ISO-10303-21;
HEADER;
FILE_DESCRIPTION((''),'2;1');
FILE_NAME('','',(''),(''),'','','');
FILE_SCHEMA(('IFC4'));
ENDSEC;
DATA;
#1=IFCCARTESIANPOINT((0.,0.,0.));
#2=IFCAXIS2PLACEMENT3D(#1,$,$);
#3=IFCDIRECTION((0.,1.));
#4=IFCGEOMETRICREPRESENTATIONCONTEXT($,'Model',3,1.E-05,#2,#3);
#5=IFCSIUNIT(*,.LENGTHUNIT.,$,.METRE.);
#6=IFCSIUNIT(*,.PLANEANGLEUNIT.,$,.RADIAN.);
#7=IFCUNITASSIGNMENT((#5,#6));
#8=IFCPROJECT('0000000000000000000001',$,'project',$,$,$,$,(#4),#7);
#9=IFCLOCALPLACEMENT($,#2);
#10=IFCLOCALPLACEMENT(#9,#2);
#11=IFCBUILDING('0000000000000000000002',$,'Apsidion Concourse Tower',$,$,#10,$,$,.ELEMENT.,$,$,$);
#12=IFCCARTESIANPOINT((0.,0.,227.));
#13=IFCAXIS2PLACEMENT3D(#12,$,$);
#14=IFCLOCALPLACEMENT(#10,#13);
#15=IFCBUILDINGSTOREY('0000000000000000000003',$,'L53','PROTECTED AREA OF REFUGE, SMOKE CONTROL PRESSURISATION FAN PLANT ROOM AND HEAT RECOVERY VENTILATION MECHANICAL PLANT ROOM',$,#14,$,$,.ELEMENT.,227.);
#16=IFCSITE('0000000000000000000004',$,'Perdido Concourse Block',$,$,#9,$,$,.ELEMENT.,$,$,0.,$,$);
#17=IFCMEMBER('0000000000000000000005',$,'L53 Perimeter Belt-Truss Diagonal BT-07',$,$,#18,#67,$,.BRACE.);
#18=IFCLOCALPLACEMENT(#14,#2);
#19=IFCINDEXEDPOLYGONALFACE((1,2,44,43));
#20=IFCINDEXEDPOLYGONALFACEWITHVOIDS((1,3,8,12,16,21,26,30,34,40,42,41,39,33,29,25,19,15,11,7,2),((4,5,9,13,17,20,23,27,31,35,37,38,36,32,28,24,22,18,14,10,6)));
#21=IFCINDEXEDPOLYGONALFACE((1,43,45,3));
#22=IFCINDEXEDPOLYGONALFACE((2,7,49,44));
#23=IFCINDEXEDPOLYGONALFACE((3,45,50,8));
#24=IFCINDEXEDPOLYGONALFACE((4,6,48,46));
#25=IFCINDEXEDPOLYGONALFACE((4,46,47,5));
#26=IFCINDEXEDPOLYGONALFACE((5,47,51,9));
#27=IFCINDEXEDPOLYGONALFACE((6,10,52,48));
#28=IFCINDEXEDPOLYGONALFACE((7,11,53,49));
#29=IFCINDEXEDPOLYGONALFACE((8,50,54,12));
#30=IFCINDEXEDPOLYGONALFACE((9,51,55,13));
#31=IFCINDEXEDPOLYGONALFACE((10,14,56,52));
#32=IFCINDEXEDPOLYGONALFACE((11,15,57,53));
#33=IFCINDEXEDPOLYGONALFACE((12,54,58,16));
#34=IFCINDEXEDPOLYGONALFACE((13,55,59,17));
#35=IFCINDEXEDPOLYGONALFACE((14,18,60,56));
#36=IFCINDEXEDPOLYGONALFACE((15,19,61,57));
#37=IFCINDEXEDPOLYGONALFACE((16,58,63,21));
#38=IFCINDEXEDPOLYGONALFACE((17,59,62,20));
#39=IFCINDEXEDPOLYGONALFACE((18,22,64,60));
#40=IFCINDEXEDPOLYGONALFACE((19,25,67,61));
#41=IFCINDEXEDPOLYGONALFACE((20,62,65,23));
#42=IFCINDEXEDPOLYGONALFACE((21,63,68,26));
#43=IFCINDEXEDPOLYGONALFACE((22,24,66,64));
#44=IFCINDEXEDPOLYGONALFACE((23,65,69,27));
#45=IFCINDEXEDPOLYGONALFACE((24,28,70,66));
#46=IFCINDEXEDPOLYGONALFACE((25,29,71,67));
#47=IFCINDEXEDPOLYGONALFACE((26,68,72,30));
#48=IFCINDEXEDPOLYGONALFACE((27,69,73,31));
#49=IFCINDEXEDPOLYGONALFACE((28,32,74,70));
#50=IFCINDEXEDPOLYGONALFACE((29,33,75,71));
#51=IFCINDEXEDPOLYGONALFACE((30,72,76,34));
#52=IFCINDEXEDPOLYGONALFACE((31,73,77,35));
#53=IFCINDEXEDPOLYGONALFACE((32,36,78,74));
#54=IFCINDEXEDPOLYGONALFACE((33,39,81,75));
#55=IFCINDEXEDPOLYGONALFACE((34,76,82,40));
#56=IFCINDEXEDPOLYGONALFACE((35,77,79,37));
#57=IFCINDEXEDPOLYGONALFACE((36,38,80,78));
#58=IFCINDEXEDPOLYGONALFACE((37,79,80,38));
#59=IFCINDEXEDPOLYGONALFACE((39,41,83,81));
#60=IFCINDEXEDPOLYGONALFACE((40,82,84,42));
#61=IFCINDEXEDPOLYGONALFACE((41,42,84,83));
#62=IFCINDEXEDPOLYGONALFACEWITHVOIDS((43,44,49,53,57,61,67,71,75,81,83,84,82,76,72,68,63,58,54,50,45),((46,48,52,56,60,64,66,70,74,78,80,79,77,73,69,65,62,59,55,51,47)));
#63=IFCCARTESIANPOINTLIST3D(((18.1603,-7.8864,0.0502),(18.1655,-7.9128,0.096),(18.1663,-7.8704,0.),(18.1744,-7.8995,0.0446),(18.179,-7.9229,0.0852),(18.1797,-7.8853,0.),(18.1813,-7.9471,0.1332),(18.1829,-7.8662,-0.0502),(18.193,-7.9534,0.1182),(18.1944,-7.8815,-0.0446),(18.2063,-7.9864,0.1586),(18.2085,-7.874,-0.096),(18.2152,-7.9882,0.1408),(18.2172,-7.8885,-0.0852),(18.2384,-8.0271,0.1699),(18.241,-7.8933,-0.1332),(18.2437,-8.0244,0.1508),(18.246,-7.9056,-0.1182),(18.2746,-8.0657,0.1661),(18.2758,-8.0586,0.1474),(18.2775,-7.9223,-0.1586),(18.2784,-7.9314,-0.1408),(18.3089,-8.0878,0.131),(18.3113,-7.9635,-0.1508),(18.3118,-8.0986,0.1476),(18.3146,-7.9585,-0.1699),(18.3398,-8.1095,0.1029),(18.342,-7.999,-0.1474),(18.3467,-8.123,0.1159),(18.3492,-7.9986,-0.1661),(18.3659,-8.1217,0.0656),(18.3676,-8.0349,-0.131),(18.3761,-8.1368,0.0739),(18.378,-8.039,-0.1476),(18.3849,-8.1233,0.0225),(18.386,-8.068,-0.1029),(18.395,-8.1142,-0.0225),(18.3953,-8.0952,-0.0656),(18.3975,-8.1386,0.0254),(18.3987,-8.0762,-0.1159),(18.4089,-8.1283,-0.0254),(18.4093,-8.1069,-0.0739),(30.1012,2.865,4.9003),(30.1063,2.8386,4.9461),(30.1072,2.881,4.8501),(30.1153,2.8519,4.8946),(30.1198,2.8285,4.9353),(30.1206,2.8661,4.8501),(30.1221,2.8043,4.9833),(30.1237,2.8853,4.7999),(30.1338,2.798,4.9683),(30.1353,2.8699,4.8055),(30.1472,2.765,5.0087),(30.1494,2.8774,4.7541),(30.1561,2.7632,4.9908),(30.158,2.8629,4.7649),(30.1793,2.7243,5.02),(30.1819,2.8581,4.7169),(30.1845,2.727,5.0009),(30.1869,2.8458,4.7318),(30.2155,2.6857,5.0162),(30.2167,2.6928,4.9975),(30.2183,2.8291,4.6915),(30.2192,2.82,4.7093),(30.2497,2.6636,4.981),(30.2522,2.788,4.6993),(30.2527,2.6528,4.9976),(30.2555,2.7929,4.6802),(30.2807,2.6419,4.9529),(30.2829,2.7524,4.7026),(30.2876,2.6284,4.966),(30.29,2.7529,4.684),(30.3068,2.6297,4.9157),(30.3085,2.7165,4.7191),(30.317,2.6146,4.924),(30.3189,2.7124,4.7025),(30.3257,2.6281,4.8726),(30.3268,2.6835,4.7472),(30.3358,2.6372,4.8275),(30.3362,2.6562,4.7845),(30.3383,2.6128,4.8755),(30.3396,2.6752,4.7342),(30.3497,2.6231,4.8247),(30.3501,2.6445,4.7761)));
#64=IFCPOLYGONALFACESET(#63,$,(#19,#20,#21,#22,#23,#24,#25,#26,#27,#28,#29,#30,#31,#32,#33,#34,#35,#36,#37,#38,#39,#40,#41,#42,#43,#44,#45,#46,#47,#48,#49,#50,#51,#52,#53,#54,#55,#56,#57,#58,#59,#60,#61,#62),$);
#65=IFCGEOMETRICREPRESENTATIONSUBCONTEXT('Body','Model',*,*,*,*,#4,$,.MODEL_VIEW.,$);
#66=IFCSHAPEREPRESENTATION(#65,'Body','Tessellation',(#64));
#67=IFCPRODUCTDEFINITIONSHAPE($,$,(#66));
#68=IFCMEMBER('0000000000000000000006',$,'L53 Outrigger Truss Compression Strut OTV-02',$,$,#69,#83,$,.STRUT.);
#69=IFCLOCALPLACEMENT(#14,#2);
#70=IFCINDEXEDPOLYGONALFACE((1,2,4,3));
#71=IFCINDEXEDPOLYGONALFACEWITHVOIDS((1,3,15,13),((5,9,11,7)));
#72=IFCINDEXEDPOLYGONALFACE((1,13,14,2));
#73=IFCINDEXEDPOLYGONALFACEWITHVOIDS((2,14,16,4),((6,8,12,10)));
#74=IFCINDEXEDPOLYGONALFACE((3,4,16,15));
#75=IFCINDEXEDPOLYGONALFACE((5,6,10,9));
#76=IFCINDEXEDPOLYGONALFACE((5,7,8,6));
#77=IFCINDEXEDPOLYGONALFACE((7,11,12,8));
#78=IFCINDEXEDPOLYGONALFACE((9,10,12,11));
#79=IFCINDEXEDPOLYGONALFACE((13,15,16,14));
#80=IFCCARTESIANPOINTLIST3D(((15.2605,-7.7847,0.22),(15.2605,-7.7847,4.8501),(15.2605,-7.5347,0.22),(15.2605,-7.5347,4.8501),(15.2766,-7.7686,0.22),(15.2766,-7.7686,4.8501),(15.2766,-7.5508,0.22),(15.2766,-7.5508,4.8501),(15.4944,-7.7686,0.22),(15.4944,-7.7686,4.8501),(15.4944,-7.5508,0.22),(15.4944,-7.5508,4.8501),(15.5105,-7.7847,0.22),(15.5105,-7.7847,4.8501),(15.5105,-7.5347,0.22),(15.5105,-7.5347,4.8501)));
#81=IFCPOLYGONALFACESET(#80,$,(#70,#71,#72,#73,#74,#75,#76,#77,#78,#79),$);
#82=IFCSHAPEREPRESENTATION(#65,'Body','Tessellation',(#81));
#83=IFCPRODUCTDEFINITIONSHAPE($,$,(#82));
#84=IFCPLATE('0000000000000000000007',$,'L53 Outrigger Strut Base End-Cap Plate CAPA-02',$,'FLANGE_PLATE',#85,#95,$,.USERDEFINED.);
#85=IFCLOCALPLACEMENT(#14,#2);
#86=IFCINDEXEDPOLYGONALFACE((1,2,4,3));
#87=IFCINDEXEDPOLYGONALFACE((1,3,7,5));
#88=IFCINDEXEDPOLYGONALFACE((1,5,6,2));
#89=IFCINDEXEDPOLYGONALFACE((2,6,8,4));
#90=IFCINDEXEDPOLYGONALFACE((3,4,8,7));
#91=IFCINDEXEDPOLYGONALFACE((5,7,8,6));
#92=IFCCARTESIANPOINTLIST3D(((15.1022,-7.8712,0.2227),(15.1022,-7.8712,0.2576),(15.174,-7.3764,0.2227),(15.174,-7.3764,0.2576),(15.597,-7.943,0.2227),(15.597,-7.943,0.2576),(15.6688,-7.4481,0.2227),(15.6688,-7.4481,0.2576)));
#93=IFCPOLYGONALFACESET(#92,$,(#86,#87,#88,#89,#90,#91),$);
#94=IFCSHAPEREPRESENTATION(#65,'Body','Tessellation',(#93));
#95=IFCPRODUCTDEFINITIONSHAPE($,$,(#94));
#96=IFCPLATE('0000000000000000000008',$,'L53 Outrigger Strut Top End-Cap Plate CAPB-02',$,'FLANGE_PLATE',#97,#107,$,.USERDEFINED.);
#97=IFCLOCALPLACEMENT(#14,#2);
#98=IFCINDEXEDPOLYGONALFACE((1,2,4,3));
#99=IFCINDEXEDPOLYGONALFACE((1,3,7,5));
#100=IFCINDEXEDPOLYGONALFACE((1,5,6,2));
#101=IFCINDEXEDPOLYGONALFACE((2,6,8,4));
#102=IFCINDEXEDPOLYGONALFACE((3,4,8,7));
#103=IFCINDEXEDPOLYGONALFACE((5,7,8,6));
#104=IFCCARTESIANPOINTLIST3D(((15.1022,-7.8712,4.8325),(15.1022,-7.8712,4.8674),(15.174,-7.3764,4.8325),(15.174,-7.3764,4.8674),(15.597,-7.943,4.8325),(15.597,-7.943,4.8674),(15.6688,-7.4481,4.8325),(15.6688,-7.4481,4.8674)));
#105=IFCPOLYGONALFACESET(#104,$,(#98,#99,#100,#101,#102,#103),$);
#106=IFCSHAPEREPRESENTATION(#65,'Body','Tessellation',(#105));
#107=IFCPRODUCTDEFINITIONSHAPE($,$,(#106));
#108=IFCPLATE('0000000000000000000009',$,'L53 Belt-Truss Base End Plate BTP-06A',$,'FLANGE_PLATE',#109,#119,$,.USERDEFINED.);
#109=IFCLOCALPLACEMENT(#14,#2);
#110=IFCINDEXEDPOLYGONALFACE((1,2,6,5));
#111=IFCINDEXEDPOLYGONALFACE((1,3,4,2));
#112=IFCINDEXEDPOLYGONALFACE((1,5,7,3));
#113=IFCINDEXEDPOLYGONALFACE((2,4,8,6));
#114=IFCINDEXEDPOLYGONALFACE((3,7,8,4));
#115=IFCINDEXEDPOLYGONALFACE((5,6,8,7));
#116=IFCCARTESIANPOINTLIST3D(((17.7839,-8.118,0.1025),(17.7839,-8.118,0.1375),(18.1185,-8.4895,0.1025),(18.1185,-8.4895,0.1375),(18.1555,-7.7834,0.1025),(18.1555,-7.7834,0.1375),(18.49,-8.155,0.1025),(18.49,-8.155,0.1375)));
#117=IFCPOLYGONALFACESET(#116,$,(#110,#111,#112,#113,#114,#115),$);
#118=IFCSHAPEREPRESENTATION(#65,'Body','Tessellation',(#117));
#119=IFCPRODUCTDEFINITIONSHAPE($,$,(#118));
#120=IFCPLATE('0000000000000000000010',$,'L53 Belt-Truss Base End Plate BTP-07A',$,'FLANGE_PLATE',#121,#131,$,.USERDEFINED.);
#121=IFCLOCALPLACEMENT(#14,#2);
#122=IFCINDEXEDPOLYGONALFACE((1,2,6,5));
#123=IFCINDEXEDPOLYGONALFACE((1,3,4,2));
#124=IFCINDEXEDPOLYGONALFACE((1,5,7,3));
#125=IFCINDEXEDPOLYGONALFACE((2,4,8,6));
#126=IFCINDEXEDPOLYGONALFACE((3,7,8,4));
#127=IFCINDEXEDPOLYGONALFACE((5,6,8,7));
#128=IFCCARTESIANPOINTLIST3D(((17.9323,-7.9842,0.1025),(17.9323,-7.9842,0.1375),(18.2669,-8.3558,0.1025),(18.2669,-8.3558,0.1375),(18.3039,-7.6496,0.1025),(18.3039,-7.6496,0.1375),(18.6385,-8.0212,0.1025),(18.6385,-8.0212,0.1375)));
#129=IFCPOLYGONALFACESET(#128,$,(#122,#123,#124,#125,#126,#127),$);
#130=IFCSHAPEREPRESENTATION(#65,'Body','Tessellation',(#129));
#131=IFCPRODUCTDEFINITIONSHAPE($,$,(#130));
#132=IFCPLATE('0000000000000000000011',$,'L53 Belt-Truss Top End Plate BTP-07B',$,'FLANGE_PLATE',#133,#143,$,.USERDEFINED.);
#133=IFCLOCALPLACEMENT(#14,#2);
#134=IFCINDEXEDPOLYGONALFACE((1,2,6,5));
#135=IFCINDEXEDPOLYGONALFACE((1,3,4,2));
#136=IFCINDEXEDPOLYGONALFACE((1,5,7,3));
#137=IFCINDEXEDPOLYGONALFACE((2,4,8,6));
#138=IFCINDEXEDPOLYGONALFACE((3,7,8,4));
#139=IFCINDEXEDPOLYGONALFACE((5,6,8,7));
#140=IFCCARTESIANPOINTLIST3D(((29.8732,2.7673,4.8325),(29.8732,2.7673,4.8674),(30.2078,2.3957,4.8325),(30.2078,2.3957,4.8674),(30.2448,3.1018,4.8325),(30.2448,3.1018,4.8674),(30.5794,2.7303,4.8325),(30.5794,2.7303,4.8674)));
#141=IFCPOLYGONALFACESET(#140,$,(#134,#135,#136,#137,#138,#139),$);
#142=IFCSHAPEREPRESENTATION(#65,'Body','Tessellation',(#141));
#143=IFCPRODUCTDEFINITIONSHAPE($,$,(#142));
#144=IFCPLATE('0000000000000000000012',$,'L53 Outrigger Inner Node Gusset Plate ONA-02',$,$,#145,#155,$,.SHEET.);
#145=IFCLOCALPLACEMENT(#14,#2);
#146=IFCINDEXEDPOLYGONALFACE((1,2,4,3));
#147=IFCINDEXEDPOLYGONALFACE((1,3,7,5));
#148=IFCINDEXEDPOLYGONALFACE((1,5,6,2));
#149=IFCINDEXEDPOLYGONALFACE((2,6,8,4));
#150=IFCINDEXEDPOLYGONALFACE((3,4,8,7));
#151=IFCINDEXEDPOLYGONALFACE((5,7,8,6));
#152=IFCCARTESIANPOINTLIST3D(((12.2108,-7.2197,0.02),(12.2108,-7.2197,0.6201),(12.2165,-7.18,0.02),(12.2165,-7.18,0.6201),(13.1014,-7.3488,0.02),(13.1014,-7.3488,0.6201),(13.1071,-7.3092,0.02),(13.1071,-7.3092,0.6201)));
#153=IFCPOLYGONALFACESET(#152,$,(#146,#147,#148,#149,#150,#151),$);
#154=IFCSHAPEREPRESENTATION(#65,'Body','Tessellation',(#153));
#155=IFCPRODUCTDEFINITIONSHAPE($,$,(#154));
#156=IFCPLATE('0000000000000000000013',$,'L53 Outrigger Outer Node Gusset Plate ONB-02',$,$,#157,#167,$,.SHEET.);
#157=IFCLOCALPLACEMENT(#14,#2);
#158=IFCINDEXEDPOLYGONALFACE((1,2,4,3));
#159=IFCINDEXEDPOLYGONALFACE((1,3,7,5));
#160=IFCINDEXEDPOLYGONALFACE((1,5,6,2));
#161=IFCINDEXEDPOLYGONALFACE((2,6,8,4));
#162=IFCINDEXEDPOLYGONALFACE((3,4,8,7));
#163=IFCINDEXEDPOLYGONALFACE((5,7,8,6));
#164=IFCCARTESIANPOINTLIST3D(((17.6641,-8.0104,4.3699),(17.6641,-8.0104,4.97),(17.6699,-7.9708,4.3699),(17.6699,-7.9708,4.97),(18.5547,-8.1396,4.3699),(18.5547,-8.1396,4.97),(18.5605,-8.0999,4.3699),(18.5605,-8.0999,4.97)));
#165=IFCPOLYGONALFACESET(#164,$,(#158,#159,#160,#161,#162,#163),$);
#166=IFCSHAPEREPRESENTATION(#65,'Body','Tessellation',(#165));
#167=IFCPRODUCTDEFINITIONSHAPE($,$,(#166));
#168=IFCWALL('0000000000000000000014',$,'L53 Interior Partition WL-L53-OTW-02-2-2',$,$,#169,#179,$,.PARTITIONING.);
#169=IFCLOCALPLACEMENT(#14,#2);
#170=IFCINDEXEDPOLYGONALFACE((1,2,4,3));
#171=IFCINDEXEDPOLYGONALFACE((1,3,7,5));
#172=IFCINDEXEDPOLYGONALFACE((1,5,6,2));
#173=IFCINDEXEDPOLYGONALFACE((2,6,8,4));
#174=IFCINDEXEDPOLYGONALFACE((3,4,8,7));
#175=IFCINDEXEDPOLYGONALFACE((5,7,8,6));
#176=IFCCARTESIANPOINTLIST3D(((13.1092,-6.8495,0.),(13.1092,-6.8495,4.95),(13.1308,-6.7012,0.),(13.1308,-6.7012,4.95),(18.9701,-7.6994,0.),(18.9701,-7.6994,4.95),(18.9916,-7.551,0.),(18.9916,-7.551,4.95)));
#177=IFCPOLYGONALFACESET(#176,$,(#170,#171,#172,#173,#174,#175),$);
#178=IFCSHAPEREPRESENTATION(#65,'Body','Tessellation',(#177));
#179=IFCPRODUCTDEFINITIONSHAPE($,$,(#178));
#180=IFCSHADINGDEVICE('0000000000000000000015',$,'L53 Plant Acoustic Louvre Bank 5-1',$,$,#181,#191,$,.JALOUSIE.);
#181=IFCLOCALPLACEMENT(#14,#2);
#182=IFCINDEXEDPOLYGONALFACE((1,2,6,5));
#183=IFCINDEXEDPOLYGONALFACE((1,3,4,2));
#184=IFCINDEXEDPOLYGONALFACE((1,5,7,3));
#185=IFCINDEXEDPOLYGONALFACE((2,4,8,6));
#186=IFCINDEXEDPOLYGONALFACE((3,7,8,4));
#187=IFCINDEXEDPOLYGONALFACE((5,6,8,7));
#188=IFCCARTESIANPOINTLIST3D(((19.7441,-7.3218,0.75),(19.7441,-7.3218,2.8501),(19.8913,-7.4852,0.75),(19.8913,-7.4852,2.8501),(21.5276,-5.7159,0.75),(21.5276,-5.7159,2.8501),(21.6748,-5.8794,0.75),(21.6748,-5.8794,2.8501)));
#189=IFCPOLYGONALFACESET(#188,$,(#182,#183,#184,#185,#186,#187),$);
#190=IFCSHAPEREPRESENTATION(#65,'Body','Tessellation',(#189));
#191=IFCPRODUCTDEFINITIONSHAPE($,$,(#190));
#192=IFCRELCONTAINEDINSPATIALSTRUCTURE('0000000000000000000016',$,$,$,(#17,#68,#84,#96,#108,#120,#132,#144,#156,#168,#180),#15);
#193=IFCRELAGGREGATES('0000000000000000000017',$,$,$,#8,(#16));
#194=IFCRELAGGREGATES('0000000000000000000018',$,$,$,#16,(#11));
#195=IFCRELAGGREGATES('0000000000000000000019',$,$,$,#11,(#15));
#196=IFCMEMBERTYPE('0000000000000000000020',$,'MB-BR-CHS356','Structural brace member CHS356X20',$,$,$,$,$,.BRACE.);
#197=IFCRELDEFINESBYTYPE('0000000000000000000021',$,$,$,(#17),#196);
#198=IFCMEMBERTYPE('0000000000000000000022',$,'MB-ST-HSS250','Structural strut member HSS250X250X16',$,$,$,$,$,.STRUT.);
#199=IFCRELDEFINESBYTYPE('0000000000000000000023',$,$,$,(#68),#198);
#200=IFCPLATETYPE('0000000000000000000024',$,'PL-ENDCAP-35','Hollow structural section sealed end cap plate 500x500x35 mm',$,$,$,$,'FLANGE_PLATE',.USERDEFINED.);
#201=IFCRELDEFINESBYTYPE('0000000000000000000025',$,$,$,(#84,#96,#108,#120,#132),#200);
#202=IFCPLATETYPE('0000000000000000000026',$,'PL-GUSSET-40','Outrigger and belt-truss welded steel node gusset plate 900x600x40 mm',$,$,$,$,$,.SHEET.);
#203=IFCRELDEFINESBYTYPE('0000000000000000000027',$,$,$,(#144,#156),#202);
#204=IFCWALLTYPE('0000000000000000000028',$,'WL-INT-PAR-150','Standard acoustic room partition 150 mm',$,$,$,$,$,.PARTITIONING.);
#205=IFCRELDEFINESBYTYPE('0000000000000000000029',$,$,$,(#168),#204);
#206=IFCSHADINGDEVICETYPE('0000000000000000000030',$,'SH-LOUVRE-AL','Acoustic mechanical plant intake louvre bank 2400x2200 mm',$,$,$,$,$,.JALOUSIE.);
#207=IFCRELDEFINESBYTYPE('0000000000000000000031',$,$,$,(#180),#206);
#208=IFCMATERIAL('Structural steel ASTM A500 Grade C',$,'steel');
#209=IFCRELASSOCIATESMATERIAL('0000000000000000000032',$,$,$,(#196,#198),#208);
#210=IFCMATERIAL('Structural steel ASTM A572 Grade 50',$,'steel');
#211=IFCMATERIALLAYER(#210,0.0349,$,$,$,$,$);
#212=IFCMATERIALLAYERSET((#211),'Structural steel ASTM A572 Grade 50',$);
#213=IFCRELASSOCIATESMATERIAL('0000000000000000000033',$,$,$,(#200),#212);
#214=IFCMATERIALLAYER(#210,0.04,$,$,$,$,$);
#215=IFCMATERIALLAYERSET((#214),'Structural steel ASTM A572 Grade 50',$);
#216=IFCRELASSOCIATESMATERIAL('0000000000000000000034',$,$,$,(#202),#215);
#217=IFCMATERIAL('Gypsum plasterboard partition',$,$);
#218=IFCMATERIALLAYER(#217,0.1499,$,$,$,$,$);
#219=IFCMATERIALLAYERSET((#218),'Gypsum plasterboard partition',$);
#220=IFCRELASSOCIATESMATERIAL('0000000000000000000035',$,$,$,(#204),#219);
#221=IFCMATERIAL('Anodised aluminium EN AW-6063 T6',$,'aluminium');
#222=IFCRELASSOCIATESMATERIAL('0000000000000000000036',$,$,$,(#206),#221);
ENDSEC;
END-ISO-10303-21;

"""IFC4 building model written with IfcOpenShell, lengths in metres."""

from ifc_helpers import new_model, si_unit, direction, frame, frame_2d, origin, origin_2d, place, context, subcontext, project, spatial, rectangle, hollow_rectangle, hollow_circle, extrude, material, layer, layer_set, material_profile, profile_set, type_object, element, save


model = new_model("IFC4")

# Units and contexts
model_context = context("Model", 3, precision=1e-05, world=origin(), true_north=direction((0.0, 1.0)))
body_context = subcontext(model_context, "Body", "Model", "MODEL_VIEW")
ifc_project = project(units=[si_unit("LENGTHUNIT", "METRE"), si_unit("PLANEANGLEUNIT", "RADIAN")], contexts=[model_context])

# Site, building, storey
site_placement = place(None, origin())
site = spatial("IfcSite", under=ifc_project, at=site_placement, Name="Perdido Concourse Block", CompositionType="ELEMENT", RefElevation=0.0)
building_placement = place(site_placement, origin())
building = spatial("IfcBuilding", under=site, at=building_placement, Name="Apsidion Concourse Tower", CompositionType="ELEMENT")
storey_placement = place(building_placement, frame((0.0, 0.0, 227.0)))
storey = spatial("IfcBuildingStorey", under=building, at=storey_placement, Name="L53", Description="PROTECTED AREA OF REFUGE, SMOKE CONTROL PRESSURISATION FAN PLANT ROOM AND HEAT RECOVERY VENTILATION MECHANICAL PLANT ROOM", CompositionType="ELEMENT", Elevation=227.0)

# Members
ifc_material_1 = material(Name="Structural steel ASTM A500 Grade C", Category="steel")
ifc_material_profile_1 = material_profile(ifc_material_1, hollow_circle(Radius=0.178, WallThickness=0.02, at=origin_2d()), Name="CHS356X20")
ifc_profile_set_1 = profile_set([ifc_material_profile_1], Name="Structural steel ASTM A500 Grade C")
member_type_1 = type_object("IfcMemberType", Name="MB-BR-CHS356", Description="Structural brace member CHS356X20", PredefinedType="BRACE", material=ifc_profile_set_1)
for number, where, z_axis, x_axis, name in (
    (1, (18.2854, -8.0027, 0.0), (0.711446, 0.640578, 0.288971), (-0.669124, 0.743151, 0.0), "L53 Perimeter Belt-Truss Diagonal BT-07"),
):
    element("IfcMember", number, at=place(storey_placement, frame(where, z_axis=z_axis, x_axis=x_axis)), inside=storey, type_object=member_type_1, Name=name, PredefinedType="BRACE", context=body_context, shape_type="SweptSolid", body=[
        extrude(hollow_circle(Radius=0.178, WallThickness=0.02, at=origin_2d()), origin(), (0.0, 0.0, 1.0), 16.7839),
    ])
ifc_material_profile_2 = material_profile(ifc_material_1, hollow_rectangle(XDim=0.25, YDim=0.25, WallThickness=0.0161, at=origin_2d()), Name="HSS250X250X16")
ifc_profile_set_2 = profile_set([ifc_material_profile_2], Name="Structural steel ASTM A500 Grade C")
member_type_2 = type_object("IfcMemberType", Name="MB-ST-HSS250", Description="Structural strut member HSS250X250X16", PredefinedType="STRUT", material=ifc_profile_set_2)
member_placement = place(storey_placement, frame((15.3855, -7.6597, 0.22), z_axis=(0.0, 0.0, 1.0), x_axis=(1.0, 0.0, 0.0)))
element("IfcMember", 2, at=member_placement, inside=storey, type_object=member_type_2, Name="L53 Outrigger Truss Compression Strut OTV-02", PredefinedType="STRUT", context=body_context, shape_type="SweptSolid", body=[
    extrude(hollow_rectangle(XDim=0.25, YDim=0.25, WallThickness=0.0161, at=origin_2d()), origin(), (0.0, 0.0, 1.0), 4.6301),
])

# Plates
ifc_material_2 = material(Name="Structural steel ASTM A572 Grade 50", Category="steel")
ifc_layer_1 = layer(ifc_material_2, 0.0349)
ifc_layer_set_1 = layer_set([ifc_layer_1], Name="Structural steel ASTM A572 Grade 50")
plate_type_1 = type_object("IfcPlateType", Name="PL-ENDCAP-35", Description="Hollow structural section sealed end cap plate 500x500x35 mm", ElementType="FLANGE_PLATE", PredefinedType="USERDEFINED", material=ifc_layer_set_1)
for number, where, z_axis, x_axis, name in (
    (3, (15.3855, -7.6597, 0.2227), (0.0, 0.0, 1.0), (-0.989651, 0.143493, 0.0), "L53 Outrigger Strut Base End-Cap Plate CAPA-02"),
    (4, (15.3855, -7.6597, 4.8325), (0.0, 0.0, 1.0), (-0.989651, 0.143493, 0.0), "L53 Outrigger Strut Top End-Cap Plate CAPB-02"),
    (5, (18.137, -8.1365, 0.1025), (0.0, 0.0, 1.0), (0.743145, 0.669131, 0.0), "L53 Belt-Truss Base End Plate BTP-06A"),
    (6, (18.2854, -8.0027, 0.1025), (0.0, 0.0, 1.0), (0.743145, 0.669131, 0.0), "L53 Belt-Truss Base End Plate BTP-07A"),
    (7, (30.2263, 2.7488, 4.8325), (0.0, 0.0, 1.0), (0.743145, 0.669131, 0.0), "L53 Belt-Truss Top End Plate BTP-07B"),
):
    element("IfcPlate", number, at=place(storey_placement, frame(where, z_axis=z_axis, x_axis=x_axis)), inside=storey, type_object=plate_type_1, Name=name, ObjectType="FLANGE_PLATE", PredefinedType="USERDEFINED", context=body_context, shape_type="SweptSolid", body=[
        extrude(rectangle(XDim=0.5, YDim=0.5, at=origin_2d()), origin(), (0.0, 0.0, 1.0), 0.0349),
    ])
ifc_layer_2 = layer(ifc_material_2, 0.04)
ifc_layer_set_2 = layer_set([ifc_layer_2], Name="Structural steel ASTM A572 Grade 50")
plate_type_2 = type_object("IfcPlateType", Name="PL-GUSSET-40", Description="Outrigger and belt-truss welded steel node gusset plate 900x600x40 mm", PredefinedType="SHEET", material=ifc_layer_set_2)
for number, where, z_axis, x_axis, name in (
    (8, (12.6589, -7.2644, 0.02), (0.0, 0.0, 1.0), (-0.989651, 0.143493, 0.0), "L53 Outrigger Inner Node Gusset Plate ONA-02"),
    (9, (18.1123, -8.0552, 4.3699), (0.0, 0.0, 1.0), (-0.989651, 0.143493, 0.0), "L53 Outrigger Outer Node Gusset Plate ONB-02"),
):
    element("IfcPlate", number, at=place(storey_placement, frame(where, z_axis=z_axis, x_axis=x_axis)), inside=storey, type_object=plate_type_2, Name=name, PredefinedType="SHEET", context=body_context, shape_type="SweptSolid", body=[
        extrude(rectangle(XDim=0.8999, YDim=0.04, at=origin_2d()), origin(), (0.0, 0.0, 1.0), 0.6001),
    ])

# Wall
ifc_material_3 = material(Name="Gypsum plasterboard partition")
ifc_layer_3 = layer(ifc_material_3, 0.1499)
ifc_layer_set_3 = layer_set([ifc_layer_3], Name="Gypsum plasterboard partition")
wall_type = type_object("IfcWallType", Name="WL-INT-PAR-150", Description="Standard acoustic room partition 150 mm", PredefinedType="PARTITIONING", material=ifc_layer_set_3)
wall_placement = place(storey_placement, frame((13.1201, -6.7754, 0.0), z_axis=(0.0, 0.0, 1.0), x_axis=(0.98965, -0.143505, 0.0)))
element("IfcWall", 10, at=wall_placement, inside=storey, type_object=wall_type, Name="L53 Interior Partition WL-L53-OTW-02-2-2", PredefinedType="PARTITIONING", context=body_context, shape_type="SweptSolid", body=[
    extrude(rectangle(XDim=5.9221, YDim=0.1499, at=frame_2d((2.9609, 0.0))), origin(), (0.0, 0.0, 1.0), 4.95),
])

# Shading device
ifc_material_4 = material(Name="Anodised aluminium EN AW-6063 T6", Category="aluminium")
shading_device_type = type_object("IfcShadingDeviceType", Name="SH-LOUVRE-AL", Description="Acoustic mechanical plant intake louvre bank 2400x2200 mm", PredefinedType="JALOUSIE", material=ifc_material_4)
shading_device_placement = place(storey_placement, frame((20.7095, -6.6006, 0.75), z_axis=(0.0, 0.0, 1.0), x_axis=(-0.743145, -0.669131, 0.0)))
element("IfcShadingDevice", 11, at=shading_device_placement, inside=storey, type_object=shading_device_type, Name="L53 Plant Acoustic Louvre Bank 5-1", PredefinedType="JALOUSIE", context=body_context, shape_type="SweptSolid", body=[
    extrude(rectangle(XDim=2.3999, YDim=0.22, at=origin_2d()), origin(), (0.0, 0.0, 1.0), 2.1001),
])

save(model, "model.ifc")
